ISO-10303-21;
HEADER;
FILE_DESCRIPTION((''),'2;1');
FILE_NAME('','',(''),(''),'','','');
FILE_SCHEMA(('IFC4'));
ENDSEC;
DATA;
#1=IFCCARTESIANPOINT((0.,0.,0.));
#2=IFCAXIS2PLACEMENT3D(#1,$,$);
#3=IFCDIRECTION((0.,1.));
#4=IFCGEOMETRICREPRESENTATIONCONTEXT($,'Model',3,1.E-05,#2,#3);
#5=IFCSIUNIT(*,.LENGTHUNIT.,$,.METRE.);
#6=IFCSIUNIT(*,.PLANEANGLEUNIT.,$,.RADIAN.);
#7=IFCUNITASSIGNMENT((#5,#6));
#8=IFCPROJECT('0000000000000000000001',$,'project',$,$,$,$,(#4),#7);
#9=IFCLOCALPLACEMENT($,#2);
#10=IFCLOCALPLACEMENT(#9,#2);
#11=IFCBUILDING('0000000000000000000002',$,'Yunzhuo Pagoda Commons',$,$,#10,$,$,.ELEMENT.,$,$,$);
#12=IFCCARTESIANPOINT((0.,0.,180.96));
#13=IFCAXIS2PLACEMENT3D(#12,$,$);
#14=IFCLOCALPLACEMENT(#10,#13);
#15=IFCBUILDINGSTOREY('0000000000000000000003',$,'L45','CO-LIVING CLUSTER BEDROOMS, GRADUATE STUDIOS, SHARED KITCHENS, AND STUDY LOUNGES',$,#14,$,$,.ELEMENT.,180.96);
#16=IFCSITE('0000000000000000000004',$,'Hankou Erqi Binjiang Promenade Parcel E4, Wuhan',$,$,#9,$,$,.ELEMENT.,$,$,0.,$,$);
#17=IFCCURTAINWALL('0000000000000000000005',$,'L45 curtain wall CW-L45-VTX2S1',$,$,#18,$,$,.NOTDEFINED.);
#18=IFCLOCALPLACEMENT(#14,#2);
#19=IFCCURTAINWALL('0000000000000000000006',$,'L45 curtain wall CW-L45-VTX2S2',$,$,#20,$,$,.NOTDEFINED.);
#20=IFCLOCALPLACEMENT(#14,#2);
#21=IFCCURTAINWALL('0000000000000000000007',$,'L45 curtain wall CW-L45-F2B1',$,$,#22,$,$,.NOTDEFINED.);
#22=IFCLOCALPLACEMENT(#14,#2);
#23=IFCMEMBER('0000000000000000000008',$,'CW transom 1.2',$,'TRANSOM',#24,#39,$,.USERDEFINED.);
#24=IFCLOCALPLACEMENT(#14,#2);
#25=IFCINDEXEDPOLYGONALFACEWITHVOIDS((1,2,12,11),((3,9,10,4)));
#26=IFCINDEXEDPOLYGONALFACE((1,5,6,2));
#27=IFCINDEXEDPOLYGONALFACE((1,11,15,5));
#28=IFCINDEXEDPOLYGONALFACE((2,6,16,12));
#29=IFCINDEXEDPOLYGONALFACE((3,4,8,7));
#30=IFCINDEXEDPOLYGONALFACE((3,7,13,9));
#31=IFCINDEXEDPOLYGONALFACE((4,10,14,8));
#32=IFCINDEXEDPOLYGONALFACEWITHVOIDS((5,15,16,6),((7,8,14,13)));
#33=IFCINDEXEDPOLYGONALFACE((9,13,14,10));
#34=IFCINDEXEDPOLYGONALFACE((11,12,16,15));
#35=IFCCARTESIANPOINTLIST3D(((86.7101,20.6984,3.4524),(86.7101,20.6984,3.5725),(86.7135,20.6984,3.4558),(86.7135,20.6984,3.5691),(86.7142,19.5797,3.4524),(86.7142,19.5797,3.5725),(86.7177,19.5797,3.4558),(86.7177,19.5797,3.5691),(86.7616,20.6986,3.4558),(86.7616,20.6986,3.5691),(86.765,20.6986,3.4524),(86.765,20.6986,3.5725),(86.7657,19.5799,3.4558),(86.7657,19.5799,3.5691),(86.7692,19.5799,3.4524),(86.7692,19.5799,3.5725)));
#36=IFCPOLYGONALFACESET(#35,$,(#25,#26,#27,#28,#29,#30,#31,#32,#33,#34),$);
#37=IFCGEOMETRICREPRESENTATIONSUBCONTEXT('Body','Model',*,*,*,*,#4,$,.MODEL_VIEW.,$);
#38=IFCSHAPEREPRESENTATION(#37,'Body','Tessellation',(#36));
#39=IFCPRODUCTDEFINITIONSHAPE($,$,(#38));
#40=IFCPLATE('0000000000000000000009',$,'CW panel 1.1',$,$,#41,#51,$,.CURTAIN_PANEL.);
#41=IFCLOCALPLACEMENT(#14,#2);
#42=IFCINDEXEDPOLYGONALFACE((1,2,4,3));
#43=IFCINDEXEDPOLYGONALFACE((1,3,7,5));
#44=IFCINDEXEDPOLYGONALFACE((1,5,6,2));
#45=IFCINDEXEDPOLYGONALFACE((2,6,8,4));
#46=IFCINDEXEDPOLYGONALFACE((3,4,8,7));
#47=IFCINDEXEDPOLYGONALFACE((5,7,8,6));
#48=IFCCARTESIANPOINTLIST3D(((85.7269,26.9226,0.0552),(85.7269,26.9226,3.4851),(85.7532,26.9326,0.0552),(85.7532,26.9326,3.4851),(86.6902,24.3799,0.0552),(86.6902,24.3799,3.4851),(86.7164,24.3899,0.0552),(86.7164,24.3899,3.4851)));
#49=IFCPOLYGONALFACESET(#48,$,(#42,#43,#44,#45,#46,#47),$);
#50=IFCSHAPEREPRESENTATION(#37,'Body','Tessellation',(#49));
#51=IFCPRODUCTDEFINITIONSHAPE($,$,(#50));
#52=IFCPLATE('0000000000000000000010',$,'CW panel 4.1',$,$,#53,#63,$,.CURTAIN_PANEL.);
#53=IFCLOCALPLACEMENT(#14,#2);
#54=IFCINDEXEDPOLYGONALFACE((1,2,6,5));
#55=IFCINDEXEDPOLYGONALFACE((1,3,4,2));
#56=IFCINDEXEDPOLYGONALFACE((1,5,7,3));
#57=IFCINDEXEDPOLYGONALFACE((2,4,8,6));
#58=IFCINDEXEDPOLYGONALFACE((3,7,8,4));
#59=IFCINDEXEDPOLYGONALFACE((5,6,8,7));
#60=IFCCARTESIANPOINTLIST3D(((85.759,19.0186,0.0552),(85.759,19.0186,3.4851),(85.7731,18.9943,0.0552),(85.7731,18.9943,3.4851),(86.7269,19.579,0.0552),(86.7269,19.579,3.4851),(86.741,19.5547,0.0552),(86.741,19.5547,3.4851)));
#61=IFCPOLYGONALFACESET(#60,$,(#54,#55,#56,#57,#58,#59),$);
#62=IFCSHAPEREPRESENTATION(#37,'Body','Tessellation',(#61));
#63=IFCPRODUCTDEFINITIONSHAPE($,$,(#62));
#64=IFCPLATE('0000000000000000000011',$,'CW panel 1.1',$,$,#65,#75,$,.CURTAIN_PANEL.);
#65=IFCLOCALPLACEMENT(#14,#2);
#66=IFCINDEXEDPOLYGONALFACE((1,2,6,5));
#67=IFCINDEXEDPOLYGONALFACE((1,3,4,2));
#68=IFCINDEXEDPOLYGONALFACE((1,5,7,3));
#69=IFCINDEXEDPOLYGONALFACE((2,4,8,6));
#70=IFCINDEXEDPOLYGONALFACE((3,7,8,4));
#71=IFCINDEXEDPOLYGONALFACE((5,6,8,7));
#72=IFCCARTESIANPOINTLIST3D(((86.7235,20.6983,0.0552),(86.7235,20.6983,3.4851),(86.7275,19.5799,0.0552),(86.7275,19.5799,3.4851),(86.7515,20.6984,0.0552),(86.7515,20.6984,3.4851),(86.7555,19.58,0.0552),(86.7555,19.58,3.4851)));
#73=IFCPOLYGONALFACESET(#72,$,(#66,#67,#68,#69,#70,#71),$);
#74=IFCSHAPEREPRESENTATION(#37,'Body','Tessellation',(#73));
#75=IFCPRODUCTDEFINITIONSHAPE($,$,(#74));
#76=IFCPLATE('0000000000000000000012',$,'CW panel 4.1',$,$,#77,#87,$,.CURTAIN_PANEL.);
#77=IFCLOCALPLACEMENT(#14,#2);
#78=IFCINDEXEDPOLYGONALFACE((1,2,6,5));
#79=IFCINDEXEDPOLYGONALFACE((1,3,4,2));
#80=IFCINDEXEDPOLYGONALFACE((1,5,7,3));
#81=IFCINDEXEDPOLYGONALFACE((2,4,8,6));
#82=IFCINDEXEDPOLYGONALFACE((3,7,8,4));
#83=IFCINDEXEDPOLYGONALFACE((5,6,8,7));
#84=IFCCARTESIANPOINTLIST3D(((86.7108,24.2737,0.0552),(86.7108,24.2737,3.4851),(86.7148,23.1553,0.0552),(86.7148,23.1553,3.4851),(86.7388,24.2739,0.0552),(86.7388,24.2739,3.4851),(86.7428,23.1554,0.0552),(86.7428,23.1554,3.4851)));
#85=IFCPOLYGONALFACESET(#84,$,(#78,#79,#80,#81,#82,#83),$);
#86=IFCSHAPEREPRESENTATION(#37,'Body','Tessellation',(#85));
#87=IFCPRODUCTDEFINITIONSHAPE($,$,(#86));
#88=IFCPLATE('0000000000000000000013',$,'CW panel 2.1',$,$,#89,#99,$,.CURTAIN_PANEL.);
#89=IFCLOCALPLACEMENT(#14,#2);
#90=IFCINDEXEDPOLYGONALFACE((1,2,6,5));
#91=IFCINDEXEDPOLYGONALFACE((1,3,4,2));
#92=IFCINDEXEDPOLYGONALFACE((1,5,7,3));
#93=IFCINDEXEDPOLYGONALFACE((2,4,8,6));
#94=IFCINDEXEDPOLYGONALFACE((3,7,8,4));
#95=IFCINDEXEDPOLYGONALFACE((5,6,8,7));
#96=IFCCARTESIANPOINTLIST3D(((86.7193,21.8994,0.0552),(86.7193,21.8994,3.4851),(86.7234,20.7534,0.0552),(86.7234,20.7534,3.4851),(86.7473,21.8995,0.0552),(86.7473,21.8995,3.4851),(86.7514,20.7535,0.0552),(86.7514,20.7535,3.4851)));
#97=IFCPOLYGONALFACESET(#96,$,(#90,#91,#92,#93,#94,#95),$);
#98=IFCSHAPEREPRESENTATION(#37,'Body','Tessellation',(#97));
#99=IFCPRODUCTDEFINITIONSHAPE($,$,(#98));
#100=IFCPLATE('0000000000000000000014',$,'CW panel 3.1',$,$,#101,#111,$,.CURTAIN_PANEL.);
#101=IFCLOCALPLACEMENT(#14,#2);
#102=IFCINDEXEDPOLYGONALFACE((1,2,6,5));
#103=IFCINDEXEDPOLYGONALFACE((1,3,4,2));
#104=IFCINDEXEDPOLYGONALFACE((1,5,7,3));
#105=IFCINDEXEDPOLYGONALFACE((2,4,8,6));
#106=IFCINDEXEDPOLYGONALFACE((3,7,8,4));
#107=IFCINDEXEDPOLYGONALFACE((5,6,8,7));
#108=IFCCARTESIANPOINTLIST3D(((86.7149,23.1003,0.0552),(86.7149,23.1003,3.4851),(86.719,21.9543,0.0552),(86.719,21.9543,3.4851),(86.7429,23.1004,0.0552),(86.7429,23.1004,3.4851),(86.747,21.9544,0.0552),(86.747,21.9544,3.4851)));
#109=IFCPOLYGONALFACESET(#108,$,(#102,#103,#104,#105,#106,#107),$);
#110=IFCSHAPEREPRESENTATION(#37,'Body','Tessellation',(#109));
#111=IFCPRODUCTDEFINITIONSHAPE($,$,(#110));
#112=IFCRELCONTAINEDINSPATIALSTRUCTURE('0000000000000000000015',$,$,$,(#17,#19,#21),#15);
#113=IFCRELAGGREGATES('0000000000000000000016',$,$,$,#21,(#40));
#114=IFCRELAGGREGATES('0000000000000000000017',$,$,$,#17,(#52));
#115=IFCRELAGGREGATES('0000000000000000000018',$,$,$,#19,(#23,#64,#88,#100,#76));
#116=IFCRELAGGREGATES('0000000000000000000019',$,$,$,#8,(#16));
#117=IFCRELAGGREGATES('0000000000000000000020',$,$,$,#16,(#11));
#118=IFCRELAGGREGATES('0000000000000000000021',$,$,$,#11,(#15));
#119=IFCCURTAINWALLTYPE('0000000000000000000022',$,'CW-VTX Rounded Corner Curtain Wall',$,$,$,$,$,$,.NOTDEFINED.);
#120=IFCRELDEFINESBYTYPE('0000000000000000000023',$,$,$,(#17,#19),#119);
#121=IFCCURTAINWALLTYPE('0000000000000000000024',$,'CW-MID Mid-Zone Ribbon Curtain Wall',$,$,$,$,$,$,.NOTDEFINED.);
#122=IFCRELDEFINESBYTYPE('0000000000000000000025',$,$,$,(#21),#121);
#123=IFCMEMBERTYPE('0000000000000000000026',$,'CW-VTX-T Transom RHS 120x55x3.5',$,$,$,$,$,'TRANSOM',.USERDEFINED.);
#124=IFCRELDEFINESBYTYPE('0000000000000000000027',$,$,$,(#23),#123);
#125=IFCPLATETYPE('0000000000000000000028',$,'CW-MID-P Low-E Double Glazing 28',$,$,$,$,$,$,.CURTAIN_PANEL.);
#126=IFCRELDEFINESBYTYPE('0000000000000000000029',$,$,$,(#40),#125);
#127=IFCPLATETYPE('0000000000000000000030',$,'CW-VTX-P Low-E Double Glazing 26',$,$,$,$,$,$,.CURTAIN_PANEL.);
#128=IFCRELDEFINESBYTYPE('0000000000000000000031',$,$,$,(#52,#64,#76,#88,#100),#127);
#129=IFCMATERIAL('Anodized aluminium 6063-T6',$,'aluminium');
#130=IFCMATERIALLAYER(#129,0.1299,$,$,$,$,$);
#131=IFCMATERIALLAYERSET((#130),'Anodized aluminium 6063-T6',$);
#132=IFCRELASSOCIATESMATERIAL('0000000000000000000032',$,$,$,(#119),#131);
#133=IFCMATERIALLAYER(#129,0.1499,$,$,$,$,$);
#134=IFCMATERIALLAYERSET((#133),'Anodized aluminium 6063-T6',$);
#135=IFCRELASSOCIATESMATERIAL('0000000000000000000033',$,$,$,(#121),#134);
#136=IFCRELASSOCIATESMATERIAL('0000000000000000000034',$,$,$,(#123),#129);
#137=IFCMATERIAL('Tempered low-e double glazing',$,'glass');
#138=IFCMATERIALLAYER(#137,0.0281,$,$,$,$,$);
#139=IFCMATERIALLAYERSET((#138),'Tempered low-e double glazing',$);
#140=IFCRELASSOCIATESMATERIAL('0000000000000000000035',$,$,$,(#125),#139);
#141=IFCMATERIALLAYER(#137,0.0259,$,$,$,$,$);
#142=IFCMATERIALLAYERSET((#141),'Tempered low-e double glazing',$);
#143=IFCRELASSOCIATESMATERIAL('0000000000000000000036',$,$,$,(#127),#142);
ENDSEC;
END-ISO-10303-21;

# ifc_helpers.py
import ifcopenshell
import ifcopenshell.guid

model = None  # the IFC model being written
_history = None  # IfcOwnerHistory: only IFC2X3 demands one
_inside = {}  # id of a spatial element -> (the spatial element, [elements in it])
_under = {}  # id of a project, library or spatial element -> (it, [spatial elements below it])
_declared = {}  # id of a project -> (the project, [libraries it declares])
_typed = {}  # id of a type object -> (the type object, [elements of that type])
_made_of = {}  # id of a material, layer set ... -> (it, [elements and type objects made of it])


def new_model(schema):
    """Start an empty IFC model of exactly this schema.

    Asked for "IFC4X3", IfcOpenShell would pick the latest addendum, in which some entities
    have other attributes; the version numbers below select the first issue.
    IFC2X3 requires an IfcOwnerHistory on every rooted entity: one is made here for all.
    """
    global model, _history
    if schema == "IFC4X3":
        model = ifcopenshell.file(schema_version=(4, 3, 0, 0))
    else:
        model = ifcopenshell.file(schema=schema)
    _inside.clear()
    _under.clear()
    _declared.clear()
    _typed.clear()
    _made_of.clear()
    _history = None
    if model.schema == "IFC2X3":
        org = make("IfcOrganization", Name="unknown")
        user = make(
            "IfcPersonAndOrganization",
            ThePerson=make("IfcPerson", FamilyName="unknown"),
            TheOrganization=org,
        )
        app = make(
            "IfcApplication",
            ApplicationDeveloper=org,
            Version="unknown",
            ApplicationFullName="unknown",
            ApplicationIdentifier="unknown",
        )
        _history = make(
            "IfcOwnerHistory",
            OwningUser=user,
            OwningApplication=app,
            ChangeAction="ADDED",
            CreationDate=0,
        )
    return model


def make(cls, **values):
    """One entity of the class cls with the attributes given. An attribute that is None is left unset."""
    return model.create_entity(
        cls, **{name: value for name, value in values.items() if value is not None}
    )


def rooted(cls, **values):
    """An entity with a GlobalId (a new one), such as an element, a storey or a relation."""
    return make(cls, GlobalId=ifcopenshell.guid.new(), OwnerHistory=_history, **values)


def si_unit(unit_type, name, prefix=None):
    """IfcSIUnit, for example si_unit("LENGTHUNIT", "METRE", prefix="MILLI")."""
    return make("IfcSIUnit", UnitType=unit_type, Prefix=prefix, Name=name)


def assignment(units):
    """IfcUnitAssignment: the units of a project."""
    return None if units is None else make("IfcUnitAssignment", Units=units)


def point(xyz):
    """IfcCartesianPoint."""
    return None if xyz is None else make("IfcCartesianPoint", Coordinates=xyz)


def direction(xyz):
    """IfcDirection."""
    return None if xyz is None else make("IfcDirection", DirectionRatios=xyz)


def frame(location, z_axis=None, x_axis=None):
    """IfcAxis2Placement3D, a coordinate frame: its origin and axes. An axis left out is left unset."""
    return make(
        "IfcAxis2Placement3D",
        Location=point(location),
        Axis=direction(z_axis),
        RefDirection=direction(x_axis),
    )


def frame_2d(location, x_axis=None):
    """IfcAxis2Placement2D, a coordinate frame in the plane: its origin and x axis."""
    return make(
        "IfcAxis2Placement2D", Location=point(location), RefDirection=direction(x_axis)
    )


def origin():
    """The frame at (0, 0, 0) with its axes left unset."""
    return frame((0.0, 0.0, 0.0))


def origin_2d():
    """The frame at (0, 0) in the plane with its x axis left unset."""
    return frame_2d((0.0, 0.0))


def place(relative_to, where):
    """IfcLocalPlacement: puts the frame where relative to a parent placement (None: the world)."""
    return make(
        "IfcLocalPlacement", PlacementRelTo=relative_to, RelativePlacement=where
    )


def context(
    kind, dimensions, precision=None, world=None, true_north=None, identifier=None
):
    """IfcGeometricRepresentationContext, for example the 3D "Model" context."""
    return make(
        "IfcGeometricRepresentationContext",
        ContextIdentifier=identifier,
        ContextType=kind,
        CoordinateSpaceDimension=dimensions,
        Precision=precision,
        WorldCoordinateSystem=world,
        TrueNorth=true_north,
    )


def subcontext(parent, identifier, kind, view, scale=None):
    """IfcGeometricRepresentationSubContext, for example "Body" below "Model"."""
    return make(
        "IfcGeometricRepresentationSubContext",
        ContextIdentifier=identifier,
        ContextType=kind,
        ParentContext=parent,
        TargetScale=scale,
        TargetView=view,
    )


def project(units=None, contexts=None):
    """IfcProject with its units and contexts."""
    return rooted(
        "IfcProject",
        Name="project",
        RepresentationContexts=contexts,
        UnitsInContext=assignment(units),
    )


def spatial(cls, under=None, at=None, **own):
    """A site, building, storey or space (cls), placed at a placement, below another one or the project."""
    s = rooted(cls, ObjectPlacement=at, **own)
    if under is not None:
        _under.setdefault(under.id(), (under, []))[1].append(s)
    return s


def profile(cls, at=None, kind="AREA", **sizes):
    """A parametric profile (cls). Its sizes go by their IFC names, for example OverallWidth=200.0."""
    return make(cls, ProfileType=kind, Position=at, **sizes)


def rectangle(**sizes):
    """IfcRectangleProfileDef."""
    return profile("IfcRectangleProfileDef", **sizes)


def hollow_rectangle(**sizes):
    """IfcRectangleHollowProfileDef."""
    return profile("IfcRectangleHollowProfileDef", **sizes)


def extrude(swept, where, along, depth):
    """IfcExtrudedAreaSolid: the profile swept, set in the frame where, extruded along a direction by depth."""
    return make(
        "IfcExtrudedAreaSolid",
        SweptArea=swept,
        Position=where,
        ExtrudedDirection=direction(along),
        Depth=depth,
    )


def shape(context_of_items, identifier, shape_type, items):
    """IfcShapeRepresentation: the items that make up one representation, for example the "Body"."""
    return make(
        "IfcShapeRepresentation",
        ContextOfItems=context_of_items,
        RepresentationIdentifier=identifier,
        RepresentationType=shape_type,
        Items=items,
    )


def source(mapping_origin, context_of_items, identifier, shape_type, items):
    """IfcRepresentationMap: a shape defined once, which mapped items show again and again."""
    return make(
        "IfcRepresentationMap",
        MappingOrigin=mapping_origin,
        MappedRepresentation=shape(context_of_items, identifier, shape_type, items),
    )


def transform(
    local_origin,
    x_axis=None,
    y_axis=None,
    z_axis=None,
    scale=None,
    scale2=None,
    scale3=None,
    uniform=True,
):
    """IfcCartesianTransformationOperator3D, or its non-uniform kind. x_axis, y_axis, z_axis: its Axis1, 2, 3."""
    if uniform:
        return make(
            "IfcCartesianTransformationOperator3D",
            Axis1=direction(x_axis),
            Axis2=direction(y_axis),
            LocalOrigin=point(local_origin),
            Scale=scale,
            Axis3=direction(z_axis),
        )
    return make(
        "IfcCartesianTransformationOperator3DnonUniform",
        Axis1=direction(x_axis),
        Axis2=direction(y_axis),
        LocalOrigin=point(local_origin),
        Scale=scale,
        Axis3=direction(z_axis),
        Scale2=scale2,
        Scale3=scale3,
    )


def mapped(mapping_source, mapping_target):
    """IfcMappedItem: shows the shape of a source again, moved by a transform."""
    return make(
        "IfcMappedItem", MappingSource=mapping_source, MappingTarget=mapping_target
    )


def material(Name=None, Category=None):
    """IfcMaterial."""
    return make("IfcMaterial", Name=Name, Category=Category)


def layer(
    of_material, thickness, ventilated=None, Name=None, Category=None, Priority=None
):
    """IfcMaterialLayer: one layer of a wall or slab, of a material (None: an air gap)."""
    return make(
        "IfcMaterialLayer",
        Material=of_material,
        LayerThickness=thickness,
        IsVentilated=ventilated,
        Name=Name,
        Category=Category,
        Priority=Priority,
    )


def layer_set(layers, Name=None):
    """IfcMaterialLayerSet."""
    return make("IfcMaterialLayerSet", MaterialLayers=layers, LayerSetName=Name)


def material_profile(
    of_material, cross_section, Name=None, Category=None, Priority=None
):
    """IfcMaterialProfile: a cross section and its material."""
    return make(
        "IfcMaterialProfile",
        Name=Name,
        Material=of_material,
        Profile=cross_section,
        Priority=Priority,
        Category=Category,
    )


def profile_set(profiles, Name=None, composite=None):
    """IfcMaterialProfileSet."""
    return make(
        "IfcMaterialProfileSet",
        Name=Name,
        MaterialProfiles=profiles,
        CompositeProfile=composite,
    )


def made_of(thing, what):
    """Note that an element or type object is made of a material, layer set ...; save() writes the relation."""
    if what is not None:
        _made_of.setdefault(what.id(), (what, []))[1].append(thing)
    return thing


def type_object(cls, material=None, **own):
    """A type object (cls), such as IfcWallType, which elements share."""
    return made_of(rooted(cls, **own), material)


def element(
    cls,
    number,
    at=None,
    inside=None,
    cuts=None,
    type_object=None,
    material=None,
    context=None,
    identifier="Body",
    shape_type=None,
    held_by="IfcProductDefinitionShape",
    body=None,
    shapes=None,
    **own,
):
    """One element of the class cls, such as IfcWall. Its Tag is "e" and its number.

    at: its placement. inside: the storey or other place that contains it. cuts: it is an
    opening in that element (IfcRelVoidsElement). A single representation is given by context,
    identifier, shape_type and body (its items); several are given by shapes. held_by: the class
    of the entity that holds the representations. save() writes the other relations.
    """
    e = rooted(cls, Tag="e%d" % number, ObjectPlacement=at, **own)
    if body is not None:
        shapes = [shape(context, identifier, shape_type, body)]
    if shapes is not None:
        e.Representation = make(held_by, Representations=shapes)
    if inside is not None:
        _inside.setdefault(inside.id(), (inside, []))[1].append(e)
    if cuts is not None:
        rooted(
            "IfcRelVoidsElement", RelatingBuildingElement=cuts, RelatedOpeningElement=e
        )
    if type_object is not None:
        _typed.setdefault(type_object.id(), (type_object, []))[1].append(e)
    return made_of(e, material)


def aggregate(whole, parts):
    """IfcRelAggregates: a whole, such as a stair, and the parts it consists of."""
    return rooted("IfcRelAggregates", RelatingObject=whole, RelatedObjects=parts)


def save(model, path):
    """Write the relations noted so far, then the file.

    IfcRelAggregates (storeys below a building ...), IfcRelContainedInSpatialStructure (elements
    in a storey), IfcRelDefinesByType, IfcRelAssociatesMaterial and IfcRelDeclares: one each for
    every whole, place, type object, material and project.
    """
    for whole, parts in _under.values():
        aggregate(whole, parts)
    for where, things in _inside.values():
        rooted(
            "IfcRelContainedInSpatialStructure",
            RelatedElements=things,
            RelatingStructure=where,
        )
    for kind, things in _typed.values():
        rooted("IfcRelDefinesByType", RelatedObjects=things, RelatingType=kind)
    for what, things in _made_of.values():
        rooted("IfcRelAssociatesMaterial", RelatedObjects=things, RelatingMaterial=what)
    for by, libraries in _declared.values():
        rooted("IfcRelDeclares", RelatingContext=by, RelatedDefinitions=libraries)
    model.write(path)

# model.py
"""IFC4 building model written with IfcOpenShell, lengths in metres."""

from ifc_helpers import new_model, si_unit, direction, frame, origin, origin_2d, place, context, subcontext, project, spatial, rectangle, hollow_rectangle, extrude, source, transform, mapped, material, layer, layer_set, material_profile, profile_set, type_object, element, aggregate, save


model = new_model("IFC4")

# Units and contexts
model_context = context("Model", 3, precision=1e-05, world=origin(), true_north=direction((0.0, 1.0)))
body_context = subcontext(model_context, "Body", "Model", "MODEL_VIEW")
ifc_project = project(units=[si_unit("LENGTHUNIT", "METRE"), si_unit("PLANEANGLEUNIT", "RADIAN")], contexts=[model_context])

# Site, building, storey
site_placement = place(None, origin())
site = spatial("IfcSite", under=ifc_project, at=site_placement, Name="Hankou Erqi Binjiang Promenade Parcel E4, Wuhan", CompositionType="ELEMENT", RefElevation=0.0)
building_placement = place(site_placement, origin())
building = spatial("IfcBuilding", under=site, at=building_placement, Name="Yunzhuo Pagoda Commons", CompositionType="ELEMENT")
storey_placement = place(building_placement, frame((0.0, 0.0, 180.96)))
storey = spatial("IfcBuildingStorey", under=building, at=storey_placement, Name="L45", Description="CO-LIVING CLUSTER BEDROOMS, GRADUATE STUDIOS, SHARED KITCHENS, AND STUDY LOUNGES", CompositionType="ELEMENT", Elevation=180.96)

# Curtain wall
ifc_material_1 = material(Name="Anodized aluminium 6063-T6", Category="aluminium")
ifc_layer_1 = layer(ifc_material_1, 0.1299)
ifc_layer_set_1 = layer_set([ifc_layer_1], Name="Anodized aluminium 6063-T6")
curtain_wall_type_1 = type_object("IfcCurtainWallType", Name="CW-VTX Rounded Corner Curtain Wall", PredefinedType="NOTDEFINED", material=ifc_layer_set_1)
curtain_wall_1_placement = place(storey_placement, origin())
curtain_wall_1 = element("IfcCurtainWall", 1, at=curtain_wall_1_placement, inside=storey, type_object=curtain_wall_type_1, Name="L45 curtain wall CW-L45-VTX2S1", PredefinedType="NOTDEFINED")

# Curtain wall
curtain_wall_2_placement = place(storey_placement, origin())
curtain_wall_2 = element("IfcCurtainWall", 2, at=curtain_wall_2_placement, inside=storey, type_object=curtain_wall_type_1, Name="L45 curtain wall CW-L45-VTX2S2", PredefinedType="NOTDEFINED")

# Shared definitions
ifc_layer_2 = layer(ifc_material_1, 0.1499)
ifc_layer_set_2 = layer_set([ifc_layer_2], Name="Anodized aluminium 6063-T6")
curtain_wall_type_2 = type_object("IfcCurtainWallType", Name="CW-MID Mid-Zone Ribbon Curtain Wall", PredefinedType="NOTDEFINED", material=ifc_layer_set_2)

# Curtain wall
curtain_wall_3_placement = place(storey_placement, origin())
curtain_wall_3 = element("IfcCurtainWall", 3, at=curtain_wall_3_placement, inside=storey, type_object=curtain_wall_type_2, Name="L45 curtain wall CW-L45-F2B1", PredefinedType="NOTDEFINED")

# Member
ifc_material_profile_1 = material_profile(ifc_material_1, hollow_rectangle(XDim=0.0549, YDim=0.1201, WallThickness=0.0034, at=origin_2d()), Name="Anodized aluminium 6063-T6")
ifc_profile_set_1 = profile_set([ifc_material_profile_1], Name="Anodized aluminium 6063-T6")
member_type_1 = type_object("IfcMemberType", Name="CW-VTX-T Transom RHS 120x55x3.5", ElementType="TRANSOM", PredefinedType="USERDEFINED", material=ifc_profile_set_1)
shared_shape_1 = source(origin(), body_context, "Body", "SweptSolid", [
    extrude(hollow_rectangle(XDim=0.0549, YDim=0.1201, WallThickness=0.0034, at=origin_2d()), origin(), (0.0, 0.0, 1.0), 1.1187),
])
member_1_placement = place(storey_placement, frame((86.7417, 19.5798, 3.5125), z_axis=(-0.00371, 0.999993, 0.0), x_axis=(-0.999993, -0.00371, 0.0)))
member_1 = element("IfcMember", 4, at=member_1_placement, type_object=member_type_1, Name="CW transom 1.2", ObjectType="TRANSOM", PredefinedType="USERDEFINED", context=body_context, shape_type="MappedRepresentation", body=[
    mapped(shared_shape_1, transform((0.0, 0.0, 0.0), scale=1.0)),
])

# Plates
ifc_material_2 = material(Name="Tempered low-e double glazing", Category="glass")
ifc_layer_3 = layer(ifc_material_2, 0.0281)
ifc_layer_set_3 = layer_set([ifc_layer_3], Name="Tempered low-e double glazing")
plate_type_1 = type_object("IfcPlateType", Name="CW-MID-P Low-E Double Glazing 28", PredefinedType="CURTAIN_PANEL", material=ifc_layer_set_3)
shared_shape_2 = source(origin(), body_context, "Body", "SweptSolid", [
    extrude(rectangle(XDim=2.719, YDim=0.0281, at=origin_2d()), origin(), (0.0, 0.0, 1.0), 3.4299),
])
plate_1_placement = place(storey_placement, frame((86.2217, 25.6562, 0.0552), z_axis=(0.0, 0.0, 1.0), x_axis=(-0.354256, 0.935148, 0.0)))
plate_1 = element("IfcPlate", 5, at=plate_1_placement, type_object=plate_type_1, Name="CW panel 1.1", PredefinedType="CURTAIN_PANEL", context=body_context, shape_type="MappedRepresentation", body=[
    mapped(shared_shape_2, transform((0.0, 0.0, 0.0), scale=1.0)),
])
aggregate(curtain_wall_3, [plate_1])
ifc_layer_4 = layer(ifc_material_2, 0.0259)
ifc_layer_set_4 = layer_set([ifc_layer_4], Name="Tempered low-e double glazing")
plate_type_2 = type_object("IfcPlateType", Name="CW-VTX-P Low-E Double Glazing 26", PredefinedType="CURTAIN_PANEL", material=ifc_layer_set_4)
shared_shape_3 = source(origin(), body_context, "Body", "SweptSolid", [
    extrude(rectangle(XDim=1.1184, YDim=0.0281, at=origin_2d()), origin(), (0.0, 0.0, 1.0), 3.4299),
])
plate_2_placement = place(storey_placement, frame((86.25, 19.2866, 0.0552), z_axis=(0.0, 0.0, 1.0), x_axis=(0.865424, 0.50104, 0.0)))
plate_2 = element("IfcPlate", 6, at=plate_2_placement, type_object=plate_type_2, Name="CW panel 4.1", PredefinedType="CURTAIN_PANEL", context=body_context, shape_type="MappedRepresentation", body=[
    mapped(shared_shape_3, transform((0.0, 0.0, 0.0), scale=1.0)),
])
aggregate(curtain_wall_1, [plate_2])
plate_3_placement = place(storey_placement, frame((86.7395, 20.1392, 0.0552), z_axis=(0.0, 0.0, 1.0), x_axis=(-0.00358, 0.999994, 0.0)))
plate_3 = element("IfcPlate", 7, at=plate_3_placement, type_object=plate_type_2, Name="CW panel 1.1", PredefinedType="CURTAIN_PANEL", context=body_context, shape_type="MappedRepresentation", body=[
    mapped(shared_shape_3, transform((0.0, 0.0, 0.0), scale=1.0)),
])
plate_4_placement = place(storey_placement, frame((86.7268, 23.7146, 0.0552), z_axis=(0.0, 0.0, 1.0), x_axis=(-0.00358, 0.999994, 0.0)))
plate_4 = element("IfcPlate", 8, at=plate_4_placement, type_object=plate_type_2, Name="CW panel 4.1", PredefinedType="CURTAIN_PANEL", context=body_context, shape_type="MappedRepresentation", body=[
    mapped(shared_shape_3, transform((0.0, 0.0, 0.0), scale=1.0)),
])
shared_shape_4 = source(origin(), body_context, "Body", "SweptSolid", [
    extrude(rectangle(XDim=1.146, YDim=0.0281, at=origin_2d()), origin(), (0.0, 0.0, 1.0), 3.4299),
])
plate_5_placement = place(storey_placement, frame((86.7354, 21.3264, 0.0552), z_axis=(0.0, 0.0, 1.0), x_axis=(-0.00358, 0.999994, 0.0)))
plate_5 = element("IfcPlate", 9, at=plate_5_placement, type_object=plate_type_2, Name="CW panel 2.1", PredefinedType="CURTAIN_PANEL", context=body_context, shape_type="MappedRepresentation", body=[
    mapped(shared_shape_4, transform((0.0, 0.0, 0.0), scale=1.0)),
])
plate_6_placement = place(storey_placement, frame((86.731, 22.5273, 0.0552), z_axis=(0.0, 0.0, 1.0), x_axis=(-0.00358, 0.999994, 0.0)))
plate_6 = element("IfcPlate", 10, at=plate_6_placement, type_object=plate_type_2, Name="CW panel 3.1", PredefinedType="CURTAIN_PANEL", context=body_context, shape_type="MappedRepresentation", body=[
    mapped(shared_shape_4, transform((0.0, 0.0, 0.0), scale=1.0)),
])
aggregate(curtain_wall_2, [member_1, plate_3, plate_5, plate_6, plate_4])

save(model, "model.ifc")
